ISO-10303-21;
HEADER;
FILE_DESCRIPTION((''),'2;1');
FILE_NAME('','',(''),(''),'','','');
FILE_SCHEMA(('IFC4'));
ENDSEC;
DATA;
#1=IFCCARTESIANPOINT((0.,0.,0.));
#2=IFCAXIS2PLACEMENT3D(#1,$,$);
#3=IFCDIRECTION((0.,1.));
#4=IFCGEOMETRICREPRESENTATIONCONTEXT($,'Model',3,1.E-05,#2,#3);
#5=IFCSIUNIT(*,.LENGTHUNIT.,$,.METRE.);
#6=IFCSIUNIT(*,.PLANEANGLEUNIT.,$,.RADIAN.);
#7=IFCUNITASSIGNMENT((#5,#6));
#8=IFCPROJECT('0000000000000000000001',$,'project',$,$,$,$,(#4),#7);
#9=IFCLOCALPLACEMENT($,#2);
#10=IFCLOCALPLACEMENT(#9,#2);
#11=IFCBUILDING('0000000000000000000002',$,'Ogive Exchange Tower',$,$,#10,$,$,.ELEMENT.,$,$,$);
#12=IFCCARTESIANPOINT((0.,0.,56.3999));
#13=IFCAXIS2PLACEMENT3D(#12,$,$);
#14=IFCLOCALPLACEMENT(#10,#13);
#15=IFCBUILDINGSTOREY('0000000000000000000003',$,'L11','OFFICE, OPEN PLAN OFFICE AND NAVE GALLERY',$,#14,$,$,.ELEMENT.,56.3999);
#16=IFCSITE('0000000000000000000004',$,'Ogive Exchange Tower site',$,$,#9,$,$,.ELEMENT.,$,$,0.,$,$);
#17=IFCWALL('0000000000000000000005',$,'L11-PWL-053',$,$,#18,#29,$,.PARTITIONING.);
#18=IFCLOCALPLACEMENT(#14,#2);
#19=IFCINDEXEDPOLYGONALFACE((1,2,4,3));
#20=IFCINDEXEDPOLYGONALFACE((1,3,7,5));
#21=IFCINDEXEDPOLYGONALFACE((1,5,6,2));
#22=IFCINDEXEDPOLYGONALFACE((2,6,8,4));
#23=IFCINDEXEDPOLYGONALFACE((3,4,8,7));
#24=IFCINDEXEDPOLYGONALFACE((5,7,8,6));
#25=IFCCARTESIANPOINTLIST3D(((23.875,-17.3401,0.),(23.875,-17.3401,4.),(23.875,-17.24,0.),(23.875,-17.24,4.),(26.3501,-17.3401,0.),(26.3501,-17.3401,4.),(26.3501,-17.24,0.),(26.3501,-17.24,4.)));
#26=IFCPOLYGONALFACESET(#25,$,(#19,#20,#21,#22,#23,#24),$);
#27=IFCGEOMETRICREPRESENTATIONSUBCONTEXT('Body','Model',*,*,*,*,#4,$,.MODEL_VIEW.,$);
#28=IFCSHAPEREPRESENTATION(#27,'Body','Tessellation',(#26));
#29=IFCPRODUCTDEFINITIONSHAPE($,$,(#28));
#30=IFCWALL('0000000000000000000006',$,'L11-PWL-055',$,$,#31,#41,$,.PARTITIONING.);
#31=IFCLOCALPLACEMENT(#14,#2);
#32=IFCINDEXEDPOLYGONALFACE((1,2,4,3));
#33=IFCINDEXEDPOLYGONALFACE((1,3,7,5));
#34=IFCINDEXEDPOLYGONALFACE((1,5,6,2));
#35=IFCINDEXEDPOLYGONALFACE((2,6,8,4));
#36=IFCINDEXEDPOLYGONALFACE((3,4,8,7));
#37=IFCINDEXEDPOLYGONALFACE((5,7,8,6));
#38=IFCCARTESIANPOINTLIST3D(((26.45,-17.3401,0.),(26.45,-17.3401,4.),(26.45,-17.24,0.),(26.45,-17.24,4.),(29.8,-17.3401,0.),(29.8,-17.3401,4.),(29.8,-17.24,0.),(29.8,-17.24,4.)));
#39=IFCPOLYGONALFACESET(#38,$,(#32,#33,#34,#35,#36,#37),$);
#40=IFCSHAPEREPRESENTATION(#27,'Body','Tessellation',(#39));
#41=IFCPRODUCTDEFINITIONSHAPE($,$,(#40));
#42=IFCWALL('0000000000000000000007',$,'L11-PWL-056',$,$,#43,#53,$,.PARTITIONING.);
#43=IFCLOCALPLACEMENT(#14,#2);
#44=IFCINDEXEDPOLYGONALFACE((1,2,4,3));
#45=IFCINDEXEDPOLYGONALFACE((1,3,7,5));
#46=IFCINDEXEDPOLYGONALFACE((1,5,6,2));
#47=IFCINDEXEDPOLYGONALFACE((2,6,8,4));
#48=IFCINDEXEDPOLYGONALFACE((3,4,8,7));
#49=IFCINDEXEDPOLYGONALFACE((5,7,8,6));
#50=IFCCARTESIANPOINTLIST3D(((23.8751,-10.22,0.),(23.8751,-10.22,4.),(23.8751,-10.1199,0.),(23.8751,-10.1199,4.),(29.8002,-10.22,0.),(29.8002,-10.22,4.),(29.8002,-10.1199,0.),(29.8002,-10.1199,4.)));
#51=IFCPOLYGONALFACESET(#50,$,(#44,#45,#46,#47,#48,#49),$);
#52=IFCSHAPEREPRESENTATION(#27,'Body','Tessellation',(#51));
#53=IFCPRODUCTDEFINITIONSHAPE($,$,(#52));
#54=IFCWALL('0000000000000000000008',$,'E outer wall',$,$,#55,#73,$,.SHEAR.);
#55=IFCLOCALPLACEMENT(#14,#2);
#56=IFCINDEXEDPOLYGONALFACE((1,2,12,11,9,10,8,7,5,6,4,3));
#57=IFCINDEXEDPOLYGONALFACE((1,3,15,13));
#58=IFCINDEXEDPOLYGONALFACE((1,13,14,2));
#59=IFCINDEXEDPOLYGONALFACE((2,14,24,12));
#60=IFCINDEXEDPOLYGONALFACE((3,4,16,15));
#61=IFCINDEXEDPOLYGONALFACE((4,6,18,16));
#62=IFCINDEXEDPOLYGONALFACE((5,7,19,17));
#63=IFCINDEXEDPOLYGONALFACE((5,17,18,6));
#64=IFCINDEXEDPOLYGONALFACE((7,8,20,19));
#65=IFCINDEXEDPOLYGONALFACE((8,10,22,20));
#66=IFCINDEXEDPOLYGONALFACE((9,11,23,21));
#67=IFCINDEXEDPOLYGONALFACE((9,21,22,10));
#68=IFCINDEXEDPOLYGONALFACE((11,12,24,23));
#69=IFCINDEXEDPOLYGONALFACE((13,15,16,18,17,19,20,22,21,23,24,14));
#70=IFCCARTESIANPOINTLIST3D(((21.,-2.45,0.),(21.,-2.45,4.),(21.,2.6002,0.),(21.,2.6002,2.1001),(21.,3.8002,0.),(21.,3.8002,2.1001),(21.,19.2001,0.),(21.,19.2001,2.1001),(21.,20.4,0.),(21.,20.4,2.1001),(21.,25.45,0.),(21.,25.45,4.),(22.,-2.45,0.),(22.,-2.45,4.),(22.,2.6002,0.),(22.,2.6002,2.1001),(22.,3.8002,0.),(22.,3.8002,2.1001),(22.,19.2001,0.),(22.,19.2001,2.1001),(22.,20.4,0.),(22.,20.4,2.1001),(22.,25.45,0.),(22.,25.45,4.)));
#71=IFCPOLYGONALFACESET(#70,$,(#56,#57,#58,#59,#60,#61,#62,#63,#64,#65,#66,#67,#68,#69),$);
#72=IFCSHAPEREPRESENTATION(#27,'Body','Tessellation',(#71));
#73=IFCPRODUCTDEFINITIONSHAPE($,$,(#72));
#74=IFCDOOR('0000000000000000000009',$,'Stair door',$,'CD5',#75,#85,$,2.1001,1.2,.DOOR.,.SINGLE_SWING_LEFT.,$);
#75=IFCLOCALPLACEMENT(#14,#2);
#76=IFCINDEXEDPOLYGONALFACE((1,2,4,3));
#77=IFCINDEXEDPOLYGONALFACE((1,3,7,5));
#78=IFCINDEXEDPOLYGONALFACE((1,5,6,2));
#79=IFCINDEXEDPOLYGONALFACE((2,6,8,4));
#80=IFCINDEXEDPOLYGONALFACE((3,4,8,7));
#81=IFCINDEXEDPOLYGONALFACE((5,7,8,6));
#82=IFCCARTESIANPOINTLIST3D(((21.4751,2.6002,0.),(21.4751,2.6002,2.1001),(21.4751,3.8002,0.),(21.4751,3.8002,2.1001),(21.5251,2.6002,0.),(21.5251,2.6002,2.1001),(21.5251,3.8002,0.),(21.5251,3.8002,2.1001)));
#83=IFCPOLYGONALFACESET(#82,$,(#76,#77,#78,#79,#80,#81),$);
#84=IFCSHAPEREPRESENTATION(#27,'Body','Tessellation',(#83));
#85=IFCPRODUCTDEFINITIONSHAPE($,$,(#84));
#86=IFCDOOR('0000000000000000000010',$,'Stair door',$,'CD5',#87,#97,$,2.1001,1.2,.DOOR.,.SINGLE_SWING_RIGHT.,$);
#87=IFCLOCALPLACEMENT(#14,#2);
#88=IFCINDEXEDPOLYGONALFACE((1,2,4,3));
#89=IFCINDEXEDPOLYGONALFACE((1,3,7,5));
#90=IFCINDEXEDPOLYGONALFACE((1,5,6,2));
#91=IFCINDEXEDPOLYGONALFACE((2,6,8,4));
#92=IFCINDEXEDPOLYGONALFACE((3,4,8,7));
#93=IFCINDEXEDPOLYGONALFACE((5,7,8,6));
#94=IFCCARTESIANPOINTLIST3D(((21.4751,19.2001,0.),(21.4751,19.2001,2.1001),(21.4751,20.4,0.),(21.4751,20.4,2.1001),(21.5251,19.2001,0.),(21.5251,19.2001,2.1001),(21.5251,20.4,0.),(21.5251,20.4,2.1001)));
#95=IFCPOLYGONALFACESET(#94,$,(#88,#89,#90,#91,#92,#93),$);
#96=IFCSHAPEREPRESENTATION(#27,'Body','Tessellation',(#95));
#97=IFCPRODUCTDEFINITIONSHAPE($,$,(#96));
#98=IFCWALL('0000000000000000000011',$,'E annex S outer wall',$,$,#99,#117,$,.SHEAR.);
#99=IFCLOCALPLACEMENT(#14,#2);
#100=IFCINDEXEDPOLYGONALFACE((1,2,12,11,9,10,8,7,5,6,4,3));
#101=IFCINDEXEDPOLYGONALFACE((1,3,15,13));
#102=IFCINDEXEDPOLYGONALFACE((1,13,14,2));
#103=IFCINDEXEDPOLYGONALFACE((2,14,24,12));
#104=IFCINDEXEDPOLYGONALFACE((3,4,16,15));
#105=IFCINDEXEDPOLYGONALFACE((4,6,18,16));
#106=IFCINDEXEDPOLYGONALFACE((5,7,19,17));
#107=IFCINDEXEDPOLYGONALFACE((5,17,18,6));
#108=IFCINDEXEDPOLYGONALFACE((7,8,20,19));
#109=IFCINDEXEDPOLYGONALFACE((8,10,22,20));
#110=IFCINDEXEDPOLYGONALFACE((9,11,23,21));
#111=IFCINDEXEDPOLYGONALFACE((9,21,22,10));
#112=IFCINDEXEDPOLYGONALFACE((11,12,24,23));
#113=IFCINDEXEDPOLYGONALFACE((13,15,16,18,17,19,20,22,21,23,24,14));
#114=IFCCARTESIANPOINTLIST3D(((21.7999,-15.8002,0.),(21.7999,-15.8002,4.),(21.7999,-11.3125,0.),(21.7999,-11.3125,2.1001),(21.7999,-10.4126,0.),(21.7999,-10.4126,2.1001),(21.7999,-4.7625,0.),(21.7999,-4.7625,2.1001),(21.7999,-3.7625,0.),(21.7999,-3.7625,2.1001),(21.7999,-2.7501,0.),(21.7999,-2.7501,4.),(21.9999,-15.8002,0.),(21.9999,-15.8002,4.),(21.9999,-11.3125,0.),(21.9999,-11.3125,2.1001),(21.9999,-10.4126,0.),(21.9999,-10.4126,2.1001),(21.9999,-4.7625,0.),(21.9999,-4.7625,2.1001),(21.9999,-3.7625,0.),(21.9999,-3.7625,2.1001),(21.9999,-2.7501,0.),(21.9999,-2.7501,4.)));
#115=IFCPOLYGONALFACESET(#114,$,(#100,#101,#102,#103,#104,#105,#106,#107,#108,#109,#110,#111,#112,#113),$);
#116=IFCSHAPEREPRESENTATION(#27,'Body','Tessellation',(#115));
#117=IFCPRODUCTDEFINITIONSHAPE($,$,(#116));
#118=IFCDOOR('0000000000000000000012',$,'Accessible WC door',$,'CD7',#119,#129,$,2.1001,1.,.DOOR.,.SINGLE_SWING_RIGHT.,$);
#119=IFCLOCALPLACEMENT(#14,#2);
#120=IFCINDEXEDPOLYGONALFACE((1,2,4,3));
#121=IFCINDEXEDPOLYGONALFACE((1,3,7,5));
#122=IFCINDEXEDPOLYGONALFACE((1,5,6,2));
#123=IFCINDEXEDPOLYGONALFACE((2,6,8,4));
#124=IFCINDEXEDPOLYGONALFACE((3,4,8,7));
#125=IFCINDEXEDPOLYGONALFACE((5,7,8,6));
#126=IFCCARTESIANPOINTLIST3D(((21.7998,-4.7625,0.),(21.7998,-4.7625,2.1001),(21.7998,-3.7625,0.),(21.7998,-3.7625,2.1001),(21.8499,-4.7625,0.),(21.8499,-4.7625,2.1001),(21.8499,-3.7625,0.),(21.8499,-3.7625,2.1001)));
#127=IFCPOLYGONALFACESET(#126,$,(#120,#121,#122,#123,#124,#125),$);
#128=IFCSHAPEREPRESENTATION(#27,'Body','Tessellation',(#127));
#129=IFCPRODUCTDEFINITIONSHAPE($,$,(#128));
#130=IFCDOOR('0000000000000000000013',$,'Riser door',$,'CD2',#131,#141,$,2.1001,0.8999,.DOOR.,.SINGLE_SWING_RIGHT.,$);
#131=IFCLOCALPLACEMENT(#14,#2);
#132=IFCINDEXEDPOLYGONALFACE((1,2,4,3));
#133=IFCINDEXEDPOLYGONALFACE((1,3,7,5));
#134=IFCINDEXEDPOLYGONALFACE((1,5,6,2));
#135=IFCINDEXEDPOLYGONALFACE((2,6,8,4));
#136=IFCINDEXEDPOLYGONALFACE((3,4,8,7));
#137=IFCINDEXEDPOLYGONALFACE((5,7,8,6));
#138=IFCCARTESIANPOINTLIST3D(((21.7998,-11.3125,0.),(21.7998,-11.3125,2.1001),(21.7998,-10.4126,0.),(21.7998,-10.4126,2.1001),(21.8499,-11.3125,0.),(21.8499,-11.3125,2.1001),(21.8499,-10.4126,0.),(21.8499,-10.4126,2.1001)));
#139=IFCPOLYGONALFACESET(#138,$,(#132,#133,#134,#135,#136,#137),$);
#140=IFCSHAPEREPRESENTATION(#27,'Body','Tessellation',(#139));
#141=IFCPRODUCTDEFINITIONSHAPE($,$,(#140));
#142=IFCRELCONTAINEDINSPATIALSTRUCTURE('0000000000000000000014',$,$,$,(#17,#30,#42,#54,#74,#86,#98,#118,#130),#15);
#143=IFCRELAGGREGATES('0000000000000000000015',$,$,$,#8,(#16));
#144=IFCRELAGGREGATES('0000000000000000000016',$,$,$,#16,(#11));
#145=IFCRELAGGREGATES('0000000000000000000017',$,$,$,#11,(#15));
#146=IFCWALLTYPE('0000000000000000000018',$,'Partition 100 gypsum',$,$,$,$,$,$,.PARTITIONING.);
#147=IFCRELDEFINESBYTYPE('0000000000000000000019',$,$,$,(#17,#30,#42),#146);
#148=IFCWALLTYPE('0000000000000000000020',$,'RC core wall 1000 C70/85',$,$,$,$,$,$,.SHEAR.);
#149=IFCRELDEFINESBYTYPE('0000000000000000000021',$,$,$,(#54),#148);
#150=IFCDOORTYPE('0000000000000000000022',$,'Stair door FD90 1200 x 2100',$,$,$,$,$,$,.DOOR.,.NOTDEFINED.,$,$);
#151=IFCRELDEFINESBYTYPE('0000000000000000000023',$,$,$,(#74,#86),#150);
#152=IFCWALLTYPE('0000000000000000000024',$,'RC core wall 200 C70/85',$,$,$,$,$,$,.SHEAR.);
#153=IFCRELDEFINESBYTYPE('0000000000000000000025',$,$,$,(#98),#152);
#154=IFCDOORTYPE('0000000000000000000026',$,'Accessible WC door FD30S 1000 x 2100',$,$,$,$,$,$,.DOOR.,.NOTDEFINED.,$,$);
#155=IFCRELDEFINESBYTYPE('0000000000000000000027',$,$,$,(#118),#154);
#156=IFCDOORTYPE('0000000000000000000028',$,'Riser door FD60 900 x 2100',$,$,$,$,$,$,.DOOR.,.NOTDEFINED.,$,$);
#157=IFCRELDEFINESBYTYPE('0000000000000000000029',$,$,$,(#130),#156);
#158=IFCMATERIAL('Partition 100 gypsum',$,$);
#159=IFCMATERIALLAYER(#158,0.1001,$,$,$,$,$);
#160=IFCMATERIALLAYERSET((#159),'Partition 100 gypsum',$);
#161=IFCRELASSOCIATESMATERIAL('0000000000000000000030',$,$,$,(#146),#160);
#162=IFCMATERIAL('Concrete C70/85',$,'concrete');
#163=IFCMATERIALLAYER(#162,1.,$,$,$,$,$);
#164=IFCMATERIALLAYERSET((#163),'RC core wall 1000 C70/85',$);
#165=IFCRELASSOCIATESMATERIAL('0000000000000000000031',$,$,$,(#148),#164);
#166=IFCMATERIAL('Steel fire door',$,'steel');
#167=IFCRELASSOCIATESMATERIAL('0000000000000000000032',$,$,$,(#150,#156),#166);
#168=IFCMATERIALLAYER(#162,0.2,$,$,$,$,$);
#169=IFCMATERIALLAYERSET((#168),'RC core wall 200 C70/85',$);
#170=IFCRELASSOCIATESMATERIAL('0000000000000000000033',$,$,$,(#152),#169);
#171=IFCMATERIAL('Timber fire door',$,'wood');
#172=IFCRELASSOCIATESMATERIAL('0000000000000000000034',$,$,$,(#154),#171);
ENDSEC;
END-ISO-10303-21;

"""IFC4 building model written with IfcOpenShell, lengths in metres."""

from ifc_helpers import new_model, si_unit, direction, frame, frame_2d, origin, place, context, subcontext, project, spatial, rectangle, extrude, material, layer, layer_set, type_object, element, fill, save


model = new_model("IFC4")

# Units and contexts
model_context = context("Model", 3, precision=1e-05, world=origin(), true_north=direction((0.0, 1.0)))
body_context = subcontext(model_context, "Body", "Model", "MODEL_VIEW")
ifc_project = project(units=[si_unit("LENGTHUNIT", "METRE"), si_unit("PLANEANGLEUNIT", "RADIAN")], contexts=[model_context])

# Site, building, storey
site_placement = place(None, origin())
site = spatial("IfcSite", under=ifc_project, at=site_placement, Name="Ogive Exchange Tower site", CompositionType="ELEMENT", RefElevation=0.0)
building_placement = place(site_placement, origin())
building = spatial("IfcBuilding", under=site, at=building_placement, Name="Ogive Exchange Tower", CompositionType="ELEMENT")
storey_placement = place(building_placement, frame((0.0, 0.0, 56.3999)))
storey = spatial("IfcBuildingStorey", under=building, at=storey_placement, Name="L11", Description="OFFICE, OPEN PLAN OFFICE AND NAVE GALLERY", CompositionType="ELEMENT", Elevation=56.3999)

# Walls
ifc_material_1 = material(Name="Partition 100 gypsum")
ifc_layer_1 = layer(ifc_material_1, 0.1001)
ifc_layer_set_1 = layer_set([ifc_layer_1], Name="Partition 100 gypsum")
wall_type_1 = type_object("IfcWallType", Name="Partition 100 gypsum", PredefinedType="PARTITIONING", material=ifc_layer_set_1)
wall_1_placement = place(storey_placement, frame((26.3501, -17.29, 0.0), z_axis=(0.0, 0.0, 1.0), x_axis=(-1.0, 0.0, 0.0)))
element("IfcWall", 1, at=wall_1_placement, inside=storey, type_object=wall_type_1, Name="L11-PWL-053", PredefinedType="PARTITIONING", context=body_context, shape_type="SweptSolid", body=[
    extrude(rectangle(XDim=2.4751, YDim=0.1001, at=frame_2d((1.2375, 0.0))), origin(), (0.0, 0.0, 1.0), 4.0),
])
wall_2_placement = place(storey_placement, frame((29.8, -17.29, 0.0), z_axis=(0.0, 0.0, 1.0), x_axis=(-1.0, 0.0, 0.0)))
element("IfcWall", 2, at=wall_2_placement, inside=storey, type_object=wall_type_1, Name="L11-PWL-055", PredefinedType="PARTITIONING", context=body_context, shape_type="SweptSolid", body=[
    extrude(rectangle(XDim=3.3501, YDim=0.1001, at=frame_2d((1.675, 0.0))), origin(), (0.0, 0.0, 1.0), 4.0),
])
wall_3_placement = place(storey_placement, frame((29.8, -10.1699, 0.0), z_axis=(0.0, 0.0, 1.0), x_axis=(-1.0, 0.0, 0.0)))
element("IfcWall", 3, at=wall_3_placement, inside=storey, type_object=wall_type_1, Name="L11-PWL-056", PredefinedType="PARTITIONING", context=body_context, shape_type="SweptSolid", body=[
    extrude(rectangle(XDim=5.925, YDim=0.1001, at=frame_2d((2.9624, 0.0))), origin(), (0.0, 0.0, 1.0), 4.0),
])

# Walls, openings, doors
ifc_material_2 = material(Name="Concrete C70/85", Category="concrete")
ifc_layer_2 = layer(ifc_material_2, 1.0)
ifc_layer_set_2 = layer_set([ifc_layer_2], Name="RC core wall 1000 C70/85")
wall_type_2 = type_object("IfcWallType", Name="RC core wall 1000 C70/85", PredefinedType="SHEAR", material=ifc_layer_set_2)
wall_4_placement = place(storey_placement, frame((21.5, -2.45, 0.0), z_axis=(0.0, 0.0, 1.0), x_axis=(0.0, 1.0, 0.0)))
wall_4 = element("IfcWall", 4, at=wall_4_placement, inside=storey, type_object=wall_type_2, Name="E outer wall", PredefinedType="SHEAR", context=body_context, shape_type="SweptSolid", body=[
    extrude(rectangle(XDim=27.8999, YDim=1.0, at=frame_2d((13.95, 0.0))), origin(), (0.0, 0.0, 1.0), 4.0),
])
opening_1_placement = place(wall_4_placement, frame((5.05, 0.0, 0.0)))
opening_1 = element("IfcOpeningElement", 5, at=opening_1_placement, cuts=wall_4, PredefinedType="OPENING", context=body_context, shape_type="SweptSolid", body=[
    extrude(rectangle(XDim=1.2, YDim=2.1001, at=frame_2d((0.6001, 1.05))), frame((0.0, 0.51, 0.0), z_axis=(0.0, -1.0, 0.0), x_axis=(1.0, 0.0, 0.0)), (0.0, 0.0, 1.0), 1.02),
])
opening_2_placement = place(wall_4_placement, frame((21.6499, 0.0, 0.0)))
opening_2 = element("IfcOpeningElement", 6, at=opening_2_placement, cuts=wall_4, PredefinedType="OPENING", context=body_context, shape_type="SweptSolid", body=[
    extrude(rectangle(XDim=1.2, YDim=2.1001, at=frame_2d((0.6001, 1.05))), frame((0.0, 0.51, 0.0), z_axis=(0.0, -1.0, 0.0), x_axis=(1.0, 0.0, 0.0)), (0.0, 0.0, 1.0), 1.02),
])
ifc_material_3 = material(Name="Steel fire door", Category="steel")
door_type_1 = type_object("IfcDoorType", Name="Stair door FD90 1200 x 2100", OperationType="NOTDEFINED", PredefinedType="DOOR", material=ifc_material_3)
door_1_placement = place(opening_1_placement, origin())
door_1 = element("IfcDoor", 7, at=door_1_placement, inside=storey, type_object=door_type_1, Name="Stair door", ObjectType="CD5", OperationType="SINGLE_SWING_LEFT", OverallHeight=2.1001, OverallWidth=1.2, PredefinedType="DOOR", context=body_context, shape_type="SweptSolid", body=[
    extrude(rectangle(XDim=1.2, YDim=2.1001, at=frame_2d((0.6001, 1.05))), frame((0.0, 0.0249, 0.0), z_axis=(0.0, -1.0, 0.0), x_axis=(1.0, 0.0, 0.0)), (0.0, 0.0, 1.0), 0.05),
])
fill(opening_1, door_1)
door_2_placement = place(opening_2_placement, origin())
door_2 = element("IfcDoor", 8, at=door_2_placement, inside=storey, type_object=door_type_1, Name="Stair door", ObjectType="CD5", OperationType="SINGLE_SWING_RIGHT", OverallHeight=2.1001, OverallWidth=1.2, PredefinedType="DOOR", context=body_context, shape_type="SweptSolid", body=[
    extrude(rectangle(XDim=1.2, YDim=2.1001, at=frame_2d((0.6001, 1.05))), frame((0.0, 0.0249, 0.0), z_axis=(0.0, -1.0, 0.0), x_axis=(1.0, 0.0, 0.0)), (0.0, 0.0, 1.0), 0.05),
])
fill(opening_2, door_2)
ifc_layer_3 = layer(ifc_material_2, 0.2)
ifc_layer_set_3 = layer_set([ifc_layer_3], Name="RC core wall 200 C70/85")
wall_type_3 = type_object("IfcWallType", Name="RC core wall 200 C70/85", PredefinedType="SHEAR", material=ifc_layer_set_3)
wall_5_placement = place(storey_placement, frame((21.8999, -15.8, 0.0), z_axis=(0.0, 0.0, 1.0), x_axis=(0.0, 1.0, 0.0)))
wall_5 = element("IfcWall", 9, at=wall_5_placement, inside=storey, type_object=wall_type_3, Name="E annex S outer wall", PredefinedType="SHEAR", context=body_context, shape_type="SweptSolid", body=[
    extrude(rectangle(XDim=13.05, YDim=0.2, at=frame_2d((6.5249, 0.0))), origin(), (0.0, 0.0, 1.0), 4.0),
])
opening_3_placement = place(wall_5_placement, frame((4.4875, 0.0, 0.0)))
opening_3 = element("IfcOpeningElement", 10, at=opening_3_placement, cuts=wall_5, PredefinedType="OPENING", context=body_context, shape_type="SweptSolid", body=[
    extrude(rectangle(XDim=0.8999, YDim=2.1001, at=frame_2d((0.45, 1.05))), frame((0.0, 0.1099, 0.0), z_axis=(0.0, -1.0, 0.0), x_axis=(1.0, 0.0, 0.0)), (0.0, 0.0, 1.0), 0.22),
])
opening_4_placement = place(wall_5_placement, frame((11.0376, 0.0, 0.0)))
opening_4 = element("IfcOpeningElement", 11, at=opening_4_placement, cuts=wall_5, PredefinedType="OPENING", context=body_context, shape_type="SweptSolid", body=[
    extrude(rectangle(XDim=1.0, YDim=2.1001, at=frame_2d((0.5, 1.05))), frame((0.0, 0.1099, 0.0), z_axis=(0.0, -1.0, 0.0), x_axis=(1.0, 0.0, 0.0)), (0.0, 0.0, 1.0), 0.22),
])
ifc_material_4 = material(Name="Timber fire door", Category="wood")
door_type_2 = type_object("IfcDoorType", Name="Accessible WC door FD30S 1000 x 2100", OperationType="NOTDEFINED", PredefinedType="DOOR", material=ifc_material_4)
door_3_placement = place(opening_4_placement, origin())
door_3 = element("IfcDoor", 12, at=door_3_placement, inside=storey, type_object=door_type_2, Name="Accessible WC door", ObjectType="CD7", OperationType="SINGLE_SWING_RIGHT", OverallHeight=2.1001, OverallWidth=1.0, PredefinedType="DOOR", context=body_context, shape_type="SweptSolid", body=[
    extrude(rectangle(XDim=1.0, YDim=2.1001, at=frame_2d((0.5, 1.05))), frame((0.0, 0.1001, 0.0), z_axis=(0.0, -1.0, 0.0), x_axis=(1.0, 0.0, 0.0)), (0.0, 0.0, 1.0), 0.05),
])
fill(opening_4, door_3)
door_type_3 = type_object("IfcDoorType", Name="Riser door FD60 900 x 2100", OperationType="NOTDEFINED", PredefinedType="DOOR", material=ifc_material_3)
door_4_placement = place(opening_3_placement, origin())
door_4 = element("IfcDoor", 13, at=door_4_placement, inside=storey, type_object=door_type_3, Name="Riser door", ObjectType="CD2", OperationType="SINGLE_SWING_RIGHT", OverallHeight=2.1001, OverallWidth=0.8999, PredefinedType="DOOR", context=body_context, shape_type="SweptSolid", body=[
    extrude(rectangle(XDim=0.8999, YDim=2.1001, at=frame_2d((0.45, 1.05))), frame((0.0, 0.1001, 0.0), z_axis=(0.0, -1.0, 0.0), x_axis=(1.0, 0.0, 0.0)), (0.0, 0.0, 1.0), 0.05),
])
fill(opening_3, door_4)

save(model, "model.ifc")
